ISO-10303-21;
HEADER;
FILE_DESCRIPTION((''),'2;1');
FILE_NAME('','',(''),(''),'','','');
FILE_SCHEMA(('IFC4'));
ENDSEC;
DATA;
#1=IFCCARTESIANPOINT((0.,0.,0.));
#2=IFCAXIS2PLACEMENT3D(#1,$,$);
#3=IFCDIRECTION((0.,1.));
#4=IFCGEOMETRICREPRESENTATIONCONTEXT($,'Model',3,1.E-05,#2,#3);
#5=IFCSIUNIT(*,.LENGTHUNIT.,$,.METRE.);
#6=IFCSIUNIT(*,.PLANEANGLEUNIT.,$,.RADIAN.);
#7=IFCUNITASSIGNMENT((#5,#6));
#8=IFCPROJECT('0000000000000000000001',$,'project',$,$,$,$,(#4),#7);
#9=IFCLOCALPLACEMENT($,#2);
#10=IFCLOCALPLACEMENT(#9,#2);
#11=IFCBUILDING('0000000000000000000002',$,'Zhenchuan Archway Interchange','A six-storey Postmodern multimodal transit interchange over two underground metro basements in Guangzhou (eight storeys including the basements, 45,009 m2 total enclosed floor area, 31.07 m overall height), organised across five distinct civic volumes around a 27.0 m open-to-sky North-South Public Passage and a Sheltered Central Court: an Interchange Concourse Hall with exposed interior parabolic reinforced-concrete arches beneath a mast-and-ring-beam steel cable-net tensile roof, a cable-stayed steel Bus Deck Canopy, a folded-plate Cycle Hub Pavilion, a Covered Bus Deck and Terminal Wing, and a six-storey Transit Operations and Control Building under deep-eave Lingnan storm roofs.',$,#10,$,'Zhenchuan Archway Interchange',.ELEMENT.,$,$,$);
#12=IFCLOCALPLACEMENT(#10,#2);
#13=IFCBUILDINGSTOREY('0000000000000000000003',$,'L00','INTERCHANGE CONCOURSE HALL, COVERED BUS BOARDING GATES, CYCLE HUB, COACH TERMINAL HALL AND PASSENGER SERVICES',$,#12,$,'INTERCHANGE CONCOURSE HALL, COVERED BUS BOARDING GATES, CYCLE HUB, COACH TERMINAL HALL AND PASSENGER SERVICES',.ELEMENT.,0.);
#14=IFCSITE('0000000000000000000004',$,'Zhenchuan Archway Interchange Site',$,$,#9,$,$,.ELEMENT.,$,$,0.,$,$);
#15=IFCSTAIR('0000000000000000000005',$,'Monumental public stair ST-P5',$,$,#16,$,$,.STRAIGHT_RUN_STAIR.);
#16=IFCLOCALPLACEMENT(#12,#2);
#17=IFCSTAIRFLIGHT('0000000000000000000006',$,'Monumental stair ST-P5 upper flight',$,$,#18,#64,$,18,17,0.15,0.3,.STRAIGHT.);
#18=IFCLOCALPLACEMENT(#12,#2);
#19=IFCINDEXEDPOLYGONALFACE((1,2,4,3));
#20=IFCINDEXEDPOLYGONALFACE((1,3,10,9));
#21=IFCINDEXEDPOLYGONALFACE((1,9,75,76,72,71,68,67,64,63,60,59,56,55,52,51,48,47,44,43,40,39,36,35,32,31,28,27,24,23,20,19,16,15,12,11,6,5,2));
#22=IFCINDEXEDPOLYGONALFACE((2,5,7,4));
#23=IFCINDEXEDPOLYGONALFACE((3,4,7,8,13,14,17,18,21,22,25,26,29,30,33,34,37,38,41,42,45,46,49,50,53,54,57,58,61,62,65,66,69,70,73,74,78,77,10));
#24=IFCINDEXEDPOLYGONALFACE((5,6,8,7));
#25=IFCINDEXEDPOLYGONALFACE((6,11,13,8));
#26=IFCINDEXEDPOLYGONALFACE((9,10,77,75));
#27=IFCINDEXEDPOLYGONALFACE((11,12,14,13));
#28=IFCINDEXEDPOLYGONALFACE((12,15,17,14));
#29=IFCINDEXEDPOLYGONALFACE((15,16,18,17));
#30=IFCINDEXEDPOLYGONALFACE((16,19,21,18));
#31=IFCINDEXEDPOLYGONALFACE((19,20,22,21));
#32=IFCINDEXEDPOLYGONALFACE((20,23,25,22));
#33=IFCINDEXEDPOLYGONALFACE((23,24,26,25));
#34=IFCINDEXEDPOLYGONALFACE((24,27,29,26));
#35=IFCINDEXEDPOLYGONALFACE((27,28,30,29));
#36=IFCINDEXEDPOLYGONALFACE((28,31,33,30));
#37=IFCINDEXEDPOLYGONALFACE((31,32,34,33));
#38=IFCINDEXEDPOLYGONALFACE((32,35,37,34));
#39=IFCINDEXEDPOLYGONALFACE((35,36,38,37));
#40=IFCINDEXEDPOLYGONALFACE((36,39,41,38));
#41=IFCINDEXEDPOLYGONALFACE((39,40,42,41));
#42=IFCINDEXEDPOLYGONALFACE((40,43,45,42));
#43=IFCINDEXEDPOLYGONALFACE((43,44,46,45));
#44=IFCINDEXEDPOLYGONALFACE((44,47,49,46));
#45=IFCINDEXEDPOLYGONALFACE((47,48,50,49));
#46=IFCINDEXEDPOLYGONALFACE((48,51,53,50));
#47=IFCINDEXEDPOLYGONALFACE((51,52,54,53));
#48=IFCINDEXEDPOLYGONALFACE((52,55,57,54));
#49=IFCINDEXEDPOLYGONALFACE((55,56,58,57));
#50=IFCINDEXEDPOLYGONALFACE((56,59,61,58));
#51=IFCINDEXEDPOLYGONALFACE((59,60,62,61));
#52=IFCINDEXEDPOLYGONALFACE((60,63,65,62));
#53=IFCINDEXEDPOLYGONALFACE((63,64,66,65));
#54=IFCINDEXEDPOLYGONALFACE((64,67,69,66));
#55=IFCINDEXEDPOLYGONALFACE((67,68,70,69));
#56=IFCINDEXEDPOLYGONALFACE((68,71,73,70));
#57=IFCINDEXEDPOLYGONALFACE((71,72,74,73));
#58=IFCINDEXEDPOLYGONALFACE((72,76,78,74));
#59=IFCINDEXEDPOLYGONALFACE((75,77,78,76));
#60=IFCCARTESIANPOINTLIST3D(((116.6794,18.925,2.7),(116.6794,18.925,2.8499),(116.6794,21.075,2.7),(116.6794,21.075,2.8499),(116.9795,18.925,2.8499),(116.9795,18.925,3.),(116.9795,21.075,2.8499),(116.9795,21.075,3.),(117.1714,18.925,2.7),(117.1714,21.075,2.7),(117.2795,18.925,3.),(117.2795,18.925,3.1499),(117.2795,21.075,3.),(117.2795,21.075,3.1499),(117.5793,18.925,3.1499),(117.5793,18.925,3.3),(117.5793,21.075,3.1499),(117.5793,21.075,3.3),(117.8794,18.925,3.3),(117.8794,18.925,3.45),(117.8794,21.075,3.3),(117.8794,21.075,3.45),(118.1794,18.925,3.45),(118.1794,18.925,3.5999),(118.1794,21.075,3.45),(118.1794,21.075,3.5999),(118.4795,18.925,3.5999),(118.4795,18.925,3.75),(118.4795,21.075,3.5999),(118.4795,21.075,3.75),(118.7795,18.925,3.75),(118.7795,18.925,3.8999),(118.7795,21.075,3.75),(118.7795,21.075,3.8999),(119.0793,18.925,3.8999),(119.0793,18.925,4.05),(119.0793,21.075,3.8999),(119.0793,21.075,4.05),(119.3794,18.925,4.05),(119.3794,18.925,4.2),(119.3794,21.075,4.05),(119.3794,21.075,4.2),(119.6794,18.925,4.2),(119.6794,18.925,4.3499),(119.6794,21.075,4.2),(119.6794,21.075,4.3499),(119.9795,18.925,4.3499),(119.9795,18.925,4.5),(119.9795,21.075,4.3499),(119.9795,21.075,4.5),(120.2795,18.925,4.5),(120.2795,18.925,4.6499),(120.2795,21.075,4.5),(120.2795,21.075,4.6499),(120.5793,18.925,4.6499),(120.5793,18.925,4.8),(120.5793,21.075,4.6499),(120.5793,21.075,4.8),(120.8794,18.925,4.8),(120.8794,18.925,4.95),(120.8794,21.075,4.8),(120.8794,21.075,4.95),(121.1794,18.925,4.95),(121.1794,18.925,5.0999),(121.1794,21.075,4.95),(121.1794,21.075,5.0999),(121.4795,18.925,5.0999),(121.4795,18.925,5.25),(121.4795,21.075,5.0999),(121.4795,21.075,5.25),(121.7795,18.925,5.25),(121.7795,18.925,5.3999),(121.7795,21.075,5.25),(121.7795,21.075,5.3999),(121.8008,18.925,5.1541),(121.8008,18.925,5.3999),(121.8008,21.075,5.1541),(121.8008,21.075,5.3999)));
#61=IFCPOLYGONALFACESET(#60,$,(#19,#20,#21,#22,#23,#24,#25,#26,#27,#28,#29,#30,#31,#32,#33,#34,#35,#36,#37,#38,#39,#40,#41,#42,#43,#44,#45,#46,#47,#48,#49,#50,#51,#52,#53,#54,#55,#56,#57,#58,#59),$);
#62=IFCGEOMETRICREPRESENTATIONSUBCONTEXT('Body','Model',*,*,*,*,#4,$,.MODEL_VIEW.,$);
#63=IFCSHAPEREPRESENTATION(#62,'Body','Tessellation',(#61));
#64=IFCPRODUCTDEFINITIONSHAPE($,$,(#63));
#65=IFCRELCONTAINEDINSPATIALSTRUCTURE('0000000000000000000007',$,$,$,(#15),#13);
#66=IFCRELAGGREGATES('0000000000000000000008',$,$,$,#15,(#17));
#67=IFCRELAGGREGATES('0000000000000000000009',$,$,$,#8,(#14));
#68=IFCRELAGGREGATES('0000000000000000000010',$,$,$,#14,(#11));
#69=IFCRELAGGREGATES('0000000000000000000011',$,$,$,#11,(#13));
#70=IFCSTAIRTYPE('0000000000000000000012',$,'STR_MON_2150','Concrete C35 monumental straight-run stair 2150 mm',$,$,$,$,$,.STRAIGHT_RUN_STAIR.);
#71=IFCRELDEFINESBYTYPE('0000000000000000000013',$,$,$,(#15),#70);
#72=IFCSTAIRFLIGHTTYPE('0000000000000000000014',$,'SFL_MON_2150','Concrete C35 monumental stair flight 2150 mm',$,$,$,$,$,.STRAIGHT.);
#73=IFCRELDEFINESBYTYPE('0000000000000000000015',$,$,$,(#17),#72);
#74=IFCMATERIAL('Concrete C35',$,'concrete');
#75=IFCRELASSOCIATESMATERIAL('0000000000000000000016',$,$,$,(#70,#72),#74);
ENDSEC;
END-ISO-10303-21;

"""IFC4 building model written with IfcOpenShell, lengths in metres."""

from ifc_helpers import new_model, si_unit, direction, frame, origin, place, context, subcontext, project, spatial, polyline, outline, extrude, material, type_object, element, aggregate, save


model = new_model("IFC4")

# Units and contexts
model_context = context("Model", 3, precision=1e-05, world=origin(), true_north=direction((0.0, 1.0)))
body_context = subcontext(model_context, "Body", "Model", "MODEL_VIEW")
ifc_project = project(units=[si_unit("LENGTHUNIT", "METRE"), si_unit("PLANEANGLEUNIT", "RADIAN")], contexts=[model_context])

# Site, building, storey
site_placement = place(None, origin())
site = spatial("IfcSite", under=ifc_project, at=site_placement, Name="Zhenchuan Archway Interchange Site", CompositionType="ELEMENT", RefElevation=0.0)
building_placement = place(site_placement, origin())
building = spatial("IfcBuilding", under=site, at=building_placement, Name="Zhenchuan Archway Interchange", Description="A six-storey Postmodern multimodal transit interchange over two underground metro basements in Guangzhou (eight storeys including the basements, 45,009 m2 total enclosed floor area, 31.07 m overall height), organised across five distinct civic volumes around a 27.0 m open-to-sky North-South Public Passage and a Sheltered Central Court: an Interchange Concourse Hall with exposed interior parabolic reinforced-concrete arches beneath a mast-and-ring-beam steel cable-net tensile roof, a cable-stayed steel Bus Deck Canopy, a folded-plate Cycle Hub Pavilion, a Covered Bus Deck and Terminal Wing, and a six-storey Transit Operations and Control Building under deep-eave Lingnan storm roofs.", LongName="Zhenchuan Archway Interchange", CompositionType="ELEMENT")
storey_placement = place(building_placement, origin())
storey = spatial("IfcBuildingStorey", under=building, at=storey_placement, Name="L00", Description="INTERCHANGE CONCOURSE HALL, COVERED BUS BOARDING GATES, CYCLE HUB, COACH TERMINAL HALL AND PASSENGER SERVICES", LongName="INTERCHANGE CONCOURSE HALL, COVERED BUS BOARDING GATES, CYCLE HUB, COACH TERMINAL HALL AND PASSENGER SERVICES", CompositionType="ELEMENT", Elevation=0.0)

# Shared definitions
ifc_material_1 = material(Name="Concrete C35", Category="concrete")

# Stair, stair flight
stair_type = type_object("IfcStairType", Name="STR_MON_2150", Description="Concrete C35 monumental straight-run stair 2150 mm", PredefinedType="STRAIGHT_RUN_STAIR", material=ifc_material_1)
stair_placement = place(storey_placement, origin())
stair = element("IfcStair", 1, at=stair_placement, inside=storey, type_object=stair_type, Name="Monumental public stair ST-P5", PredefinedType="STRAIGHT_RUN_STAIR")
stair_flight_type = type_object("IfcStairFlightType", Name="SFL_MON_2150", Description="Concrete C35 monumental stair flight 2150 mm", PredefinedType="STRAIGHT", material=ifc_material_1)
stair_flight_1_placement = place(storey_placement, frame((116.6794, 20.0, 2.7), z_axis=(0.0, 0.0, 1.0), x_axis=(1.0, 0.0, 0.0)))
stair_flight_1 = element("IfcStairFlight", 2, at=stair_flight_1_placement, type_object=stair_flight_type, Name="Monumental stair ST-P5 upper flight", NumberOfRisers=18, NumberOfTreads=17, PredefinedType="STRAIGHT", RiserHeight=0.15, TreadLength=0.3, context=body_context, shape_type="SweptSolid", body=[
    extrude(outline(polyline([(0.0, 0.0), (0.0, 0.1499), (0.3, 0.1499), (0.3, 0.3), (0.6001, 0.3), (0.6001, 0.45), (0.8999, 0.45), (0.8999, 0.6001), (1.2, 0.6001), (1.2, 0.75), (1.5, 0.75), (1.5, 0.8999), (1.8, 0.8999), (1.8, 1.05), (2.1001, 1.05), (2.1001, 1.2), (2.3999, 1.2), (2.3999, 1.3501), (2.7, 1.3501), (2.7, 1.5), (3.0, 1.5), (3.0, 1.6499), (3.3, 1.6499), (3.3, 1.8), (3.6001, 1.8), (3.6001, 1.95), (3.8999, 1.95), (3.8999, 2.1001), (4.2, 2.1001), (4.2, 2.25), (4.5, 2.25), (4.5, 2.3999), (4.8, 2.3999), (4.8, 2.55), (5.1001, 2.55), (5.1001, 2.7), (5.1213, 2.7), (5.1213, 2.4541), (0.4919, 0.0), (0.0, 0.0)])), frame((0.0, 1.075, 0.0), z_axis=(0.0, -1.0, 0.0), x_axis=(1.0, 0.0, 0.0)), (0.0, 0.0, 1.0), 2.1499),
])
aggregate(stair, [stair_flight_1])

save(model, "model.ifc")
